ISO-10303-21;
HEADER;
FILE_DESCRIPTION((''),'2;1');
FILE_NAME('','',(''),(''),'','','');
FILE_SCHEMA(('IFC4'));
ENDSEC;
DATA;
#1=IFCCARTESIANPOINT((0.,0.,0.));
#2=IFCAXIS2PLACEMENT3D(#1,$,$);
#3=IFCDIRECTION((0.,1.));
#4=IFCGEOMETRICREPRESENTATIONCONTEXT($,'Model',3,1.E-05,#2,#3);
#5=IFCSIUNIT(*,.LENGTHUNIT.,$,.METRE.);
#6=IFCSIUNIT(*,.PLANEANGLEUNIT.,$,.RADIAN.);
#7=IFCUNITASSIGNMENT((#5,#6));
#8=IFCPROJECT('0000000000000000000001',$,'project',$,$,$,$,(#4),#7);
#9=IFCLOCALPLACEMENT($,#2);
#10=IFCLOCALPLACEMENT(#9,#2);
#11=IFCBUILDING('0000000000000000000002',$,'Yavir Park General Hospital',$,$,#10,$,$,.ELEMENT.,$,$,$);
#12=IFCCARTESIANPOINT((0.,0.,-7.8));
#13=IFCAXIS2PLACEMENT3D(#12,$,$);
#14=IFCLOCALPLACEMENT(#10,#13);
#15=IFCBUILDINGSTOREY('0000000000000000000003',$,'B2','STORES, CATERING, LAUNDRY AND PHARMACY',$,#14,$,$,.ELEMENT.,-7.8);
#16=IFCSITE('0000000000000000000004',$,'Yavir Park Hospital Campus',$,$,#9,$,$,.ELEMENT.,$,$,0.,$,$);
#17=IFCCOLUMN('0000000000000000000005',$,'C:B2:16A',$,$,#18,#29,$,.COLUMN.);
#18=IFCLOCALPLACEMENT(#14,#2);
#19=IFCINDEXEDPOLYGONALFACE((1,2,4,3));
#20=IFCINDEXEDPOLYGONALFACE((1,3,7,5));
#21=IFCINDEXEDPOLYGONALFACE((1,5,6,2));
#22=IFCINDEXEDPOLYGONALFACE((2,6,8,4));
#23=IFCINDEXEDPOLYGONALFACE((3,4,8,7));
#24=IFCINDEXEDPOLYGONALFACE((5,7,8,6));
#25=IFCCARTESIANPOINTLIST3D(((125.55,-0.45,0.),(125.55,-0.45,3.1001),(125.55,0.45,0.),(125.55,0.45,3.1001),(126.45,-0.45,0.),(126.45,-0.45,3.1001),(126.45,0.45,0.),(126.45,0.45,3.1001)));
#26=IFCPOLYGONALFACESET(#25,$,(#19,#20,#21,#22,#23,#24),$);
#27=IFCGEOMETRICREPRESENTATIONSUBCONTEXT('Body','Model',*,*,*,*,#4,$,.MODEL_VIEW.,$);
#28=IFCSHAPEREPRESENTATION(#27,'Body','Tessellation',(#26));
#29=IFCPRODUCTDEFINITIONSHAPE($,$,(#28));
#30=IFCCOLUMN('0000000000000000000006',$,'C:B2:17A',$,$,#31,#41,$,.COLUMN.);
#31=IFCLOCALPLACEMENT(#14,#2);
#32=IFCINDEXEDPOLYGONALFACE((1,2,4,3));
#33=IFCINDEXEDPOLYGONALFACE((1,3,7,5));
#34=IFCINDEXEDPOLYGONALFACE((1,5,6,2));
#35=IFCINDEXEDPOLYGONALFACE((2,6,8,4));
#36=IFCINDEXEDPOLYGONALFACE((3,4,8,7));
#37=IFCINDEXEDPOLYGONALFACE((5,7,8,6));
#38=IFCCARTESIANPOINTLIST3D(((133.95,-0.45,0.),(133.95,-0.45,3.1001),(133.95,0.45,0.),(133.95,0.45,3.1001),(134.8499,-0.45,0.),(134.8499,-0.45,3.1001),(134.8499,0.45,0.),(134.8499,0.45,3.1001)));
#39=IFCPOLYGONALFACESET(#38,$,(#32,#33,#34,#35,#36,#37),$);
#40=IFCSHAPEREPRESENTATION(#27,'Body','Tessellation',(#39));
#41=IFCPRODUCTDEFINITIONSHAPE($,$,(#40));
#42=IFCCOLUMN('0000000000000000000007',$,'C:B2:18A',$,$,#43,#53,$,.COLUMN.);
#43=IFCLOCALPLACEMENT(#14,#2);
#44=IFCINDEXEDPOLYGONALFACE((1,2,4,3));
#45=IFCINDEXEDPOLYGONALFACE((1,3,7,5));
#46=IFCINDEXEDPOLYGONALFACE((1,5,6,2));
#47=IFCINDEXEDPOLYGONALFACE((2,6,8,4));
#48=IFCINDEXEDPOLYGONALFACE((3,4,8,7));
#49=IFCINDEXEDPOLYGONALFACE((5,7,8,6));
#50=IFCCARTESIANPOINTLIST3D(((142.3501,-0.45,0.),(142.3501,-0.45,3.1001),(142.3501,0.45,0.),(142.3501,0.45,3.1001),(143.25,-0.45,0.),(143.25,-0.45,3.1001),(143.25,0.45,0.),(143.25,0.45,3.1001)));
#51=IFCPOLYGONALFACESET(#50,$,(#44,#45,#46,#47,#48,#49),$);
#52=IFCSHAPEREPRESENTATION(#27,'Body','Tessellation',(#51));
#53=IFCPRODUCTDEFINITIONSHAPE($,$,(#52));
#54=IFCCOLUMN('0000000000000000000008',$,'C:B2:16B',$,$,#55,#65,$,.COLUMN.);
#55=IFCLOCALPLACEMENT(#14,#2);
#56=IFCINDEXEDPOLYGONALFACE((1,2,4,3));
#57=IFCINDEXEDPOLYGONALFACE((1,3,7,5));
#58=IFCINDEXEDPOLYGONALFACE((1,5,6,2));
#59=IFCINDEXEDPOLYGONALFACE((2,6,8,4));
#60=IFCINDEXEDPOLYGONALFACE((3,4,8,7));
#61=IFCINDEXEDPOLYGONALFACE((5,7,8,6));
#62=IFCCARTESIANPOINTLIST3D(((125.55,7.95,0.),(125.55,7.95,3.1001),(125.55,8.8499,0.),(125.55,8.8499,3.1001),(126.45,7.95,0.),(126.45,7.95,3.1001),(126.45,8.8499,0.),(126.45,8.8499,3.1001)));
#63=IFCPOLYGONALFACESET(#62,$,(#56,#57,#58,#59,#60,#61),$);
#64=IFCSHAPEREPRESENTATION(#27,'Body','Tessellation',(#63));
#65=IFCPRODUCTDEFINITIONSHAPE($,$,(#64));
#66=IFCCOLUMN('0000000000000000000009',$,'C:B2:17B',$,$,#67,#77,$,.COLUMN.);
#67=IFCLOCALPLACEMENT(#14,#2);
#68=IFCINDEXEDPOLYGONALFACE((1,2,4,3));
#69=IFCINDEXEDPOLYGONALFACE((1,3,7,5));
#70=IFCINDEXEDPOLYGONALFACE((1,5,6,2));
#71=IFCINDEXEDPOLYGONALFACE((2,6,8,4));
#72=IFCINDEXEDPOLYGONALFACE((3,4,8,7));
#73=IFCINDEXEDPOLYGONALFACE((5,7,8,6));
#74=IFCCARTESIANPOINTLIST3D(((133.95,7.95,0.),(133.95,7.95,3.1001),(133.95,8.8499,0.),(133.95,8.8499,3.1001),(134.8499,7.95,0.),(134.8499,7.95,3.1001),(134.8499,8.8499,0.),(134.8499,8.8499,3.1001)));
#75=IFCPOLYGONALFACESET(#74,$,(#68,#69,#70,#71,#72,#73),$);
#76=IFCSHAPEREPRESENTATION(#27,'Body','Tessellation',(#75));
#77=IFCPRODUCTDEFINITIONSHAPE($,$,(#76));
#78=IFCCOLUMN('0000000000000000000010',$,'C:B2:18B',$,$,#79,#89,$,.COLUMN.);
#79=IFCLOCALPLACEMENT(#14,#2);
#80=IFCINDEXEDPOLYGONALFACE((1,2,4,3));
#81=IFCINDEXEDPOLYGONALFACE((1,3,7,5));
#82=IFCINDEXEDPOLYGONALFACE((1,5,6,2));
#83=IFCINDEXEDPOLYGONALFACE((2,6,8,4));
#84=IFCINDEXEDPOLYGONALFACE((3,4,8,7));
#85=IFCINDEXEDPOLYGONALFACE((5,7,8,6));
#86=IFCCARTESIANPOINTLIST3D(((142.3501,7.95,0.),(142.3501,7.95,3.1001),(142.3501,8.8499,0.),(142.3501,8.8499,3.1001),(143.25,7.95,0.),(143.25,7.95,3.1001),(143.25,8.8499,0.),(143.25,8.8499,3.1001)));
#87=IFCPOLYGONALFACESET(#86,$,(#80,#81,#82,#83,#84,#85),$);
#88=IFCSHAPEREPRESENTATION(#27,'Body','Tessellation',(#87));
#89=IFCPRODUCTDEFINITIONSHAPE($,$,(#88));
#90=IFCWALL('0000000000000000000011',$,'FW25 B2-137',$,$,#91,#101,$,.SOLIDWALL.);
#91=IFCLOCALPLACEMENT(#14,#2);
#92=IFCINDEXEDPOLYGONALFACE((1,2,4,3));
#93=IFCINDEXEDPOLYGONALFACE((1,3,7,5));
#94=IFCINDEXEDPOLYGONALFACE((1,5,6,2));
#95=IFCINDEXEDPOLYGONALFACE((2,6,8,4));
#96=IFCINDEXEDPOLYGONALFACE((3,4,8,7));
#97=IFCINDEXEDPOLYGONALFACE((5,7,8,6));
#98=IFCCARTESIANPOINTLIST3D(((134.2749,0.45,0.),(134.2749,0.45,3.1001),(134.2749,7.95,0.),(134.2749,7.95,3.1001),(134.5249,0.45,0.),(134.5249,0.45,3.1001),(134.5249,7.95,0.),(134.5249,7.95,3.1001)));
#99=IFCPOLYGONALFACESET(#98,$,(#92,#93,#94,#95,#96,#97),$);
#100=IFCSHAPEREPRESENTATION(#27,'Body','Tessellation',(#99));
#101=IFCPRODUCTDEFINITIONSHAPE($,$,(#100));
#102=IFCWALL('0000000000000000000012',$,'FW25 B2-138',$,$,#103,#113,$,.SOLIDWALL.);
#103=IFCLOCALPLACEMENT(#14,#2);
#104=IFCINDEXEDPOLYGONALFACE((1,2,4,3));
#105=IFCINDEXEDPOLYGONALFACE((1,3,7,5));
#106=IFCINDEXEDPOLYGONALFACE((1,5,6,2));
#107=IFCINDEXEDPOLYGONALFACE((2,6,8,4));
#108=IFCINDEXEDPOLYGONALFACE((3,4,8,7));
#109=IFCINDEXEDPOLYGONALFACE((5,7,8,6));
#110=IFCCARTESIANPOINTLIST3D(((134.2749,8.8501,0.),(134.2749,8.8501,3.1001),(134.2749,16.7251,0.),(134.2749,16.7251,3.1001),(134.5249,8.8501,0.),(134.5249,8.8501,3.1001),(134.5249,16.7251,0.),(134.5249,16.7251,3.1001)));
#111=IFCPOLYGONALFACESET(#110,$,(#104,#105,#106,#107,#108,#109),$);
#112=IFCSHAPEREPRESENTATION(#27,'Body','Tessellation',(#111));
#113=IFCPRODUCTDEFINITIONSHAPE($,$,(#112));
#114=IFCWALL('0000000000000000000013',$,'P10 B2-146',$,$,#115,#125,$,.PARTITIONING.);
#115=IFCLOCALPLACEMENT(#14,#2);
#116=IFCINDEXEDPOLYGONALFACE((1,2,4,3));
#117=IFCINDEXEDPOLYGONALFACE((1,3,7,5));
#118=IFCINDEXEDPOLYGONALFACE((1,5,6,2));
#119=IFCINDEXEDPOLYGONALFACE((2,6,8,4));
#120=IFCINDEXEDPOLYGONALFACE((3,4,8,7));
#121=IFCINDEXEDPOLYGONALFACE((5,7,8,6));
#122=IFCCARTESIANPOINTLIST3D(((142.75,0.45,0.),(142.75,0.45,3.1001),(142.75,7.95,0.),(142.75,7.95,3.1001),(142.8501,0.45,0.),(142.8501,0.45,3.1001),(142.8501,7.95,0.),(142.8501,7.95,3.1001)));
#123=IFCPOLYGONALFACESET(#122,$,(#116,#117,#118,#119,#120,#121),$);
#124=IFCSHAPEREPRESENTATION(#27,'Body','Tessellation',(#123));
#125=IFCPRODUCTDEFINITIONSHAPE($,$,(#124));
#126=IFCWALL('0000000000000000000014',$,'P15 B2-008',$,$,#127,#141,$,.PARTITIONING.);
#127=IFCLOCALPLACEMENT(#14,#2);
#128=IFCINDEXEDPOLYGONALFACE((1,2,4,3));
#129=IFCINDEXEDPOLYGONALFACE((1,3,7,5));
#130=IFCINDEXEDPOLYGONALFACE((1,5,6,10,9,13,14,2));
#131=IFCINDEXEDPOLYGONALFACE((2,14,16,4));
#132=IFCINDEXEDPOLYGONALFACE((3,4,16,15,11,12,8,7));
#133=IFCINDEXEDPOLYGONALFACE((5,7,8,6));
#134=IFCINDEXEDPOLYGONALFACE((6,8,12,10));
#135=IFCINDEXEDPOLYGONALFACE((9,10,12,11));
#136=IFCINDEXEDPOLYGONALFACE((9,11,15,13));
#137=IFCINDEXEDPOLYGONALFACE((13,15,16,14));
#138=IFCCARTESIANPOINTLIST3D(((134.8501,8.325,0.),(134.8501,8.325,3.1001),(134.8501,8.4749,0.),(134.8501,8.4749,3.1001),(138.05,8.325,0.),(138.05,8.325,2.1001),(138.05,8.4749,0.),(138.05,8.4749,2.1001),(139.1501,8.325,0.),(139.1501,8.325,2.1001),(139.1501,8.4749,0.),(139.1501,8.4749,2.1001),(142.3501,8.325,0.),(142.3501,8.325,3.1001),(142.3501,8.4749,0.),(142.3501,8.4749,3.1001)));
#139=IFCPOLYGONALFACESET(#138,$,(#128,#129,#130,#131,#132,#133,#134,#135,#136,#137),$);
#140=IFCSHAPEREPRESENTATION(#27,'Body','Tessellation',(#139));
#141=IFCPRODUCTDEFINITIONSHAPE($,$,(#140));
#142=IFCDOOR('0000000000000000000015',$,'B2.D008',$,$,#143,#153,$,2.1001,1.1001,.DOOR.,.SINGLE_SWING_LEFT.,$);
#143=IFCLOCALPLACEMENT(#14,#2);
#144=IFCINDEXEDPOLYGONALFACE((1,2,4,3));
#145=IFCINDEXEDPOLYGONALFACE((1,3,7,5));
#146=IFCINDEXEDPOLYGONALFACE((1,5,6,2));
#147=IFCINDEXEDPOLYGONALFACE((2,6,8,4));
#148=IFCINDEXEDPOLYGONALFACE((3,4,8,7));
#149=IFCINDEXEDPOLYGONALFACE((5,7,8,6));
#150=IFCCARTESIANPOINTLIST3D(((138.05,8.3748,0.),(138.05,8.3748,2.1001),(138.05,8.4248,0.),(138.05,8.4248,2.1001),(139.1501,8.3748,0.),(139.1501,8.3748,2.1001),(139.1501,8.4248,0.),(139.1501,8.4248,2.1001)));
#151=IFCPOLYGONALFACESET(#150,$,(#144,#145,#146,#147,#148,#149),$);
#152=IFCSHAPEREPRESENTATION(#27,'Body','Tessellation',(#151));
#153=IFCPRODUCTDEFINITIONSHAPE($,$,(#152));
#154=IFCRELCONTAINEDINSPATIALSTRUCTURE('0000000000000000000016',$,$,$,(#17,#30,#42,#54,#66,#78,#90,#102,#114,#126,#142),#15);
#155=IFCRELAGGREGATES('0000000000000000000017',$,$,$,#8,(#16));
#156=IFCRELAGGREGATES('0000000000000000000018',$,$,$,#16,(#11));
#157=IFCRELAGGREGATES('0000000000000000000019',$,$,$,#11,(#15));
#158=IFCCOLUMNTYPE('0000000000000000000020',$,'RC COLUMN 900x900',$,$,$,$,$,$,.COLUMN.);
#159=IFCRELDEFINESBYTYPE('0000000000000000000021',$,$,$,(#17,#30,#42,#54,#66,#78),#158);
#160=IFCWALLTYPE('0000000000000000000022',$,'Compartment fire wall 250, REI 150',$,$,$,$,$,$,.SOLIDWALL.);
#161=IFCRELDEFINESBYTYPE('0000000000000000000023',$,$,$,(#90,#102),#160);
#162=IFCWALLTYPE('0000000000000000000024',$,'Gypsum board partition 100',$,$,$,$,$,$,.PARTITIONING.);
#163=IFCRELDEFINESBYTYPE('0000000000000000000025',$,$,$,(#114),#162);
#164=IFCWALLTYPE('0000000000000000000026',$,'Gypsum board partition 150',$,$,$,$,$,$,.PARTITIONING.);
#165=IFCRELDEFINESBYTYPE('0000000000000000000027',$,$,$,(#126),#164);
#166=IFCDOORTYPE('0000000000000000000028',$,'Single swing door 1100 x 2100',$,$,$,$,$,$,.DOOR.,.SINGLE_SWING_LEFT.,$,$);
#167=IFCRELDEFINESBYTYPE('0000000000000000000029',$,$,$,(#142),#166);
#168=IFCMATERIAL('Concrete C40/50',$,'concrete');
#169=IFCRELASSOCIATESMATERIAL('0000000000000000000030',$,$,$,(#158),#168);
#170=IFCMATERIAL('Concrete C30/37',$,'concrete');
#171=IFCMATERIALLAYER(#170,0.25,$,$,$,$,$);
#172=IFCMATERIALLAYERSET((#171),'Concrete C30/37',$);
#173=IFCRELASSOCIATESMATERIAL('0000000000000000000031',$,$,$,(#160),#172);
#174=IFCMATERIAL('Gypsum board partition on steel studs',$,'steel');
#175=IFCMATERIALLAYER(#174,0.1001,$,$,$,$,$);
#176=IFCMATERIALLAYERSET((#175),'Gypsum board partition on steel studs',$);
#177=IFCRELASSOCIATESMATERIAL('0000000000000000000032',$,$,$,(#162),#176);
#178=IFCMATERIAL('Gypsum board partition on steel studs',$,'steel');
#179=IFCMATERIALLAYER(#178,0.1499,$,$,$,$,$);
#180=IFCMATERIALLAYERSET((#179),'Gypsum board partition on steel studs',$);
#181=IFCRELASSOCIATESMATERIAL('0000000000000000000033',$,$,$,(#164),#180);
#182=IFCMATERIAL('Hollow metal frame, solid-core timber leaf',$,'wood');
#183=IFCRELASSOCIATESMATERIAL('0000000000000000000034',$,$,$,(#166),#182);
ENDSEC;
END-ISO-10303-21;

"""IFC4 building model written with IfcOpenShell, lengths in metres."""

from ifc_helpers import new_model, si_unit, direction, frame, frame_2d, origin, origin_2d, place, context, subcontext, project, spatial, rectangle, extrude, material, layer, layer_set, material_profile, profile_set, type_object, element, fill, save


model = new_model("IFC4")

# Units and contexts
model_context = context("Model", 3, precision=1e-05, world=origin(), true_north=direction((0.0, 1.0)))
body_context = subcontext(model_context, "Body", "Model", "MODEL_VIEW")
ifc_project = project(units=[si_unit("LENGTHUNIT", "METRE"), si_unit("PLANEANGLEUNIT", "RADIAN")], contexts=[model_context])

# Site, building, storey
site_placement = place(None, origin())
site = spatial("IfcSite", under=ifc_project, at=site_placement, Name="Yavir Park Hospital Campus", CompositionType="ELEMENT", RefElevation=0.0)
building_placement = place(site_placement, origin())
building = spatial("IfcBuilding", under=site, at=building_placement, Name="Yavir Park General Hospital", CompositionType="ELEMENT")
storey_placement = place(building_placement, frame((0.0, 0.0, -7.8)))
storey = spatial("IfcBuildingStorey", under=building, at=storey_placement, Name="B2", Description="STORES, CATERING, LAUNDRY AND PHARMACY", CompositionType="ELEMENT", Elevation=-7.8)

# Columns
ifc_material_1 = material(Name="Concrete C40/50", Category="concrete")
ifc_material_profile = material_profile(ifc_material_1, rectangle(XDim=0.8999, YDim=0.8999, at=origin_2d()), Name="RC900x900")
ifc_profile_set = profile_set([ifc_material_profile], Name="Concrete C40/50")
column_type = type_object("IfcColumnType", Name="RC COLUMN 900x900", PredefinedType="COLUMN", material=ifc_profile_set)
for number, where, z_axis, x_axis, name in (
    (1, (126.0, 0.0, 0.0), (0.0, 0.0, 1.0), (1.0, 0.0, 0.0), "C:B2:16A"),
    (2, (134.3999, 0.0, 0.0), (0.0, 0.0, 1.0), (1.0, 0.0, 0.0), "C:B2:17A"),
    (3, (142.8, 0.0, 0.0), (0.0, 0.0, 1.0), (1.0, 0.0, 0.0), "C:B2:18A"),
    (4, (126.0, 8.3999, 0.0), (0.0, 0.0, 1.0), (1.0, 0.0, 0.0), "C:B2:16B"),
    (5, (134.3999, 8.3999, 0.0), (0.0, 0.0, 1.0), (1.0, 0.0, 0.0), "C:B2:17B"),
    (6, (142.8, 8.3999, 0.0), (0.0, 0.0, 1.0), (1.0, 0.0, 0.0), "C:B2:18B"),
):
    element("IfcColumn", number, at=place(storey_placement, frame(where, z_axis=z_axis, x_axis=x_axis)), inside=storey, type_object=column_type, Name=name, PredefinedType="COLUMN", context=body_context, shape_type="SweptSolid", body=[
        extrude(rectangle(XDim=0.8999, YDim=0.8999, at=origin_2d()), origin(), (0.0, 0.0, 1.0), 3.1001),
    ])

# Walls
ifc_material_2 = material(Name="Concrete C30/37", Category="concrete")
ifc_layer_1 = layer(ifc_material_2, 0.25)
ifc_layer_set_1 = layer_set([ifc_layer_1], Name="Concrete C30/37")
wall_type_1 = type_object("IfcWallType", Name="Compartment fire wall 250, REI 150", PredefinedType="SOLIDWALL", material=ifc_layer_set_1)
wall_1_placement = place(storey_placement, frame((134.3999, 0.45, 0.0), z_axis=(0.0, 0.0, 1.0), x_axis=(0.0, 1.0, 0.0)))
element("IfcWall", 7, at=wall_1_placement, inside=storey, type_object=wall_type_1, Name="FW25 B2-137", PredefinedType="SOLIDWALL", context=body_context, shape_type="SweptSolid", body=[
    extrude(rectangle(XDim=7.5, YDim=0.25, at=frame_2d((3.75, 0.0))), origin(), (0.0, 0.0, 1.0), 3.1001),
])
wall_2_placement = place(storey_placement, frame((134.3999, 8.8501, 0.0), z_axis=(0.0, 0.0, 1.0), x_axis=(0.0, 1.0, 0.0)))
element("IfcWall", 8, at=wall_2_placement, inside=storey, type_object=wall_type_1, Name="FW25 B2-138", PredefinedType="SOLIDWALL", context=body_context, shape_type="SweptSolid", body=[
    extrude(rectangle(XDim=7.875, YDim=0.25, at=frame_2d((3.9375, 0.0))), origin(), (0.0, 0.0, 1.0), 3.1001),
])

# Wall
ifc_material_3 = material(Name="Gypsum board partition on steel studs", Category="steel")
ifc_layer_2 = layer(ifc_material_3, 0.1001)
ifc_layer_set_2 = layer_set([ifc_layer_2], Name="Gypsum board partition on steel studs")
wall_type_2 = type_object("IfcWallType", Name="Gypsum board partition 100", PredefinedType="PARTITIONING", material=ifc_layer_set_2)
wall_3_placement = place(storey_placement, frame((142.8, 0.45, 0.0), z_axis=(0.0, 0.0, 1.0), x_axis=(0.0, 1.0, 0.0)))
element("IfcWall", 9, at=wall_3_placement, inside=storey, type_object=wall_type_2, Name="P10 B2-146", PredefinedType="PARTITIONING", context=body_context, shape_type="SweptSolid", body=[
    extrude(rectangle(XDim=7.5, YDim=0.1001, at=frame_2d((3.75, 0.0))), origin(), (0.0, 0.0, 1.0), 3.1001),
])

# Wall, opening, door
ifc_material_4 = material(Name="Gypsum board partition on steel studs", Category="steel")
ifc_layer_3 = layer(ifc_material_4, 0.1499)
ifc_layer_set_3 = layer_set([ifc_layer_3], Name="Gypsum board partition on steel studs")
wall_type_3 = type_object("IfcWallType", Name="Gypsum board partition 150", PredefinedType="PARTITIONING", material=ifc_layer_set_3)
wall_4_placement = place(storey_placement, frame((134.8501, 8.3999, 0.0), z_axis=(0.0, 0.0, 1.0), x_axis=(1.0, 0.0, 0.0)))
wall_4 = element("IfcWall", 10, at=wall_4_placement, inside=storey, type_object=wall_type_3, Name="P15 B2-008", PredefinedType="PARTITIONING", context=body_context, shape_type="SweptSolid", body=[
    extrude(rectangle(XDim=7.5, YDim=0.1499, at=frame_2d((3.75, 0.0))), origin(), (0.0, 0.0, 1.0), 3.1001),
])
opening_1_placement = place(wall_4_placement, frame((3.2, 0.0, 0.0)))
opening_1 = element("IfcOpeningElement", 11, at=opening_1_placement, cuts=wall_4, PredefinedType="OPENING", context=body_context, shape_type="SweptSolid", body=[
    extrude(rectangle(XDim=1.1001, YDim=2.1001, at=frame_2d((0.55, 1.05))), frame((0.0, 0.085, 0.0), z_axis=(0.0, -1.0, 0.0), x_axis=(1.0, 0.0, 0.0)), (0.0, 0.0, 1.0), 0.1699),
])
ifc_material_5 = material(Name="Hollow metal frame, solid-core timber leaf", Category="wood")
door_type_1 = type_object("IfcDoorType", Name="Single swing door 1100 x 2100", OperationType="SINGLE_SWING_LEFT", PredefinedType="DOOR", material=ifc_material_5)
door_1_placement = place(opening_1_placement, origin())
door_1 = element("IfcDoor", 12, at=door_1_placement, inside=storey, type_object=door_type_1, Name="B2.D008", OperationType="SINGLE_SWING_LEFT", OverallHeight=2.1001, OverallWidth=1.1001, PredefinedType="DOOR", context=body_context, shape_type="SweptSolid", body=[
    extrude(rectangle(XDim=1.1001, YDim=2.1001, at=frame_2d((0.55, 1.05))), frame((0.0, 0.0249, 0.0), z_axis=(0.0, -1.0, 0.0), x_axis=(1.0, 0.0, 0.0)), (0.0, 0.0, 1.0), 0.05),
])
fill(opening_1, door_1)

save(model, "model.ifc")
